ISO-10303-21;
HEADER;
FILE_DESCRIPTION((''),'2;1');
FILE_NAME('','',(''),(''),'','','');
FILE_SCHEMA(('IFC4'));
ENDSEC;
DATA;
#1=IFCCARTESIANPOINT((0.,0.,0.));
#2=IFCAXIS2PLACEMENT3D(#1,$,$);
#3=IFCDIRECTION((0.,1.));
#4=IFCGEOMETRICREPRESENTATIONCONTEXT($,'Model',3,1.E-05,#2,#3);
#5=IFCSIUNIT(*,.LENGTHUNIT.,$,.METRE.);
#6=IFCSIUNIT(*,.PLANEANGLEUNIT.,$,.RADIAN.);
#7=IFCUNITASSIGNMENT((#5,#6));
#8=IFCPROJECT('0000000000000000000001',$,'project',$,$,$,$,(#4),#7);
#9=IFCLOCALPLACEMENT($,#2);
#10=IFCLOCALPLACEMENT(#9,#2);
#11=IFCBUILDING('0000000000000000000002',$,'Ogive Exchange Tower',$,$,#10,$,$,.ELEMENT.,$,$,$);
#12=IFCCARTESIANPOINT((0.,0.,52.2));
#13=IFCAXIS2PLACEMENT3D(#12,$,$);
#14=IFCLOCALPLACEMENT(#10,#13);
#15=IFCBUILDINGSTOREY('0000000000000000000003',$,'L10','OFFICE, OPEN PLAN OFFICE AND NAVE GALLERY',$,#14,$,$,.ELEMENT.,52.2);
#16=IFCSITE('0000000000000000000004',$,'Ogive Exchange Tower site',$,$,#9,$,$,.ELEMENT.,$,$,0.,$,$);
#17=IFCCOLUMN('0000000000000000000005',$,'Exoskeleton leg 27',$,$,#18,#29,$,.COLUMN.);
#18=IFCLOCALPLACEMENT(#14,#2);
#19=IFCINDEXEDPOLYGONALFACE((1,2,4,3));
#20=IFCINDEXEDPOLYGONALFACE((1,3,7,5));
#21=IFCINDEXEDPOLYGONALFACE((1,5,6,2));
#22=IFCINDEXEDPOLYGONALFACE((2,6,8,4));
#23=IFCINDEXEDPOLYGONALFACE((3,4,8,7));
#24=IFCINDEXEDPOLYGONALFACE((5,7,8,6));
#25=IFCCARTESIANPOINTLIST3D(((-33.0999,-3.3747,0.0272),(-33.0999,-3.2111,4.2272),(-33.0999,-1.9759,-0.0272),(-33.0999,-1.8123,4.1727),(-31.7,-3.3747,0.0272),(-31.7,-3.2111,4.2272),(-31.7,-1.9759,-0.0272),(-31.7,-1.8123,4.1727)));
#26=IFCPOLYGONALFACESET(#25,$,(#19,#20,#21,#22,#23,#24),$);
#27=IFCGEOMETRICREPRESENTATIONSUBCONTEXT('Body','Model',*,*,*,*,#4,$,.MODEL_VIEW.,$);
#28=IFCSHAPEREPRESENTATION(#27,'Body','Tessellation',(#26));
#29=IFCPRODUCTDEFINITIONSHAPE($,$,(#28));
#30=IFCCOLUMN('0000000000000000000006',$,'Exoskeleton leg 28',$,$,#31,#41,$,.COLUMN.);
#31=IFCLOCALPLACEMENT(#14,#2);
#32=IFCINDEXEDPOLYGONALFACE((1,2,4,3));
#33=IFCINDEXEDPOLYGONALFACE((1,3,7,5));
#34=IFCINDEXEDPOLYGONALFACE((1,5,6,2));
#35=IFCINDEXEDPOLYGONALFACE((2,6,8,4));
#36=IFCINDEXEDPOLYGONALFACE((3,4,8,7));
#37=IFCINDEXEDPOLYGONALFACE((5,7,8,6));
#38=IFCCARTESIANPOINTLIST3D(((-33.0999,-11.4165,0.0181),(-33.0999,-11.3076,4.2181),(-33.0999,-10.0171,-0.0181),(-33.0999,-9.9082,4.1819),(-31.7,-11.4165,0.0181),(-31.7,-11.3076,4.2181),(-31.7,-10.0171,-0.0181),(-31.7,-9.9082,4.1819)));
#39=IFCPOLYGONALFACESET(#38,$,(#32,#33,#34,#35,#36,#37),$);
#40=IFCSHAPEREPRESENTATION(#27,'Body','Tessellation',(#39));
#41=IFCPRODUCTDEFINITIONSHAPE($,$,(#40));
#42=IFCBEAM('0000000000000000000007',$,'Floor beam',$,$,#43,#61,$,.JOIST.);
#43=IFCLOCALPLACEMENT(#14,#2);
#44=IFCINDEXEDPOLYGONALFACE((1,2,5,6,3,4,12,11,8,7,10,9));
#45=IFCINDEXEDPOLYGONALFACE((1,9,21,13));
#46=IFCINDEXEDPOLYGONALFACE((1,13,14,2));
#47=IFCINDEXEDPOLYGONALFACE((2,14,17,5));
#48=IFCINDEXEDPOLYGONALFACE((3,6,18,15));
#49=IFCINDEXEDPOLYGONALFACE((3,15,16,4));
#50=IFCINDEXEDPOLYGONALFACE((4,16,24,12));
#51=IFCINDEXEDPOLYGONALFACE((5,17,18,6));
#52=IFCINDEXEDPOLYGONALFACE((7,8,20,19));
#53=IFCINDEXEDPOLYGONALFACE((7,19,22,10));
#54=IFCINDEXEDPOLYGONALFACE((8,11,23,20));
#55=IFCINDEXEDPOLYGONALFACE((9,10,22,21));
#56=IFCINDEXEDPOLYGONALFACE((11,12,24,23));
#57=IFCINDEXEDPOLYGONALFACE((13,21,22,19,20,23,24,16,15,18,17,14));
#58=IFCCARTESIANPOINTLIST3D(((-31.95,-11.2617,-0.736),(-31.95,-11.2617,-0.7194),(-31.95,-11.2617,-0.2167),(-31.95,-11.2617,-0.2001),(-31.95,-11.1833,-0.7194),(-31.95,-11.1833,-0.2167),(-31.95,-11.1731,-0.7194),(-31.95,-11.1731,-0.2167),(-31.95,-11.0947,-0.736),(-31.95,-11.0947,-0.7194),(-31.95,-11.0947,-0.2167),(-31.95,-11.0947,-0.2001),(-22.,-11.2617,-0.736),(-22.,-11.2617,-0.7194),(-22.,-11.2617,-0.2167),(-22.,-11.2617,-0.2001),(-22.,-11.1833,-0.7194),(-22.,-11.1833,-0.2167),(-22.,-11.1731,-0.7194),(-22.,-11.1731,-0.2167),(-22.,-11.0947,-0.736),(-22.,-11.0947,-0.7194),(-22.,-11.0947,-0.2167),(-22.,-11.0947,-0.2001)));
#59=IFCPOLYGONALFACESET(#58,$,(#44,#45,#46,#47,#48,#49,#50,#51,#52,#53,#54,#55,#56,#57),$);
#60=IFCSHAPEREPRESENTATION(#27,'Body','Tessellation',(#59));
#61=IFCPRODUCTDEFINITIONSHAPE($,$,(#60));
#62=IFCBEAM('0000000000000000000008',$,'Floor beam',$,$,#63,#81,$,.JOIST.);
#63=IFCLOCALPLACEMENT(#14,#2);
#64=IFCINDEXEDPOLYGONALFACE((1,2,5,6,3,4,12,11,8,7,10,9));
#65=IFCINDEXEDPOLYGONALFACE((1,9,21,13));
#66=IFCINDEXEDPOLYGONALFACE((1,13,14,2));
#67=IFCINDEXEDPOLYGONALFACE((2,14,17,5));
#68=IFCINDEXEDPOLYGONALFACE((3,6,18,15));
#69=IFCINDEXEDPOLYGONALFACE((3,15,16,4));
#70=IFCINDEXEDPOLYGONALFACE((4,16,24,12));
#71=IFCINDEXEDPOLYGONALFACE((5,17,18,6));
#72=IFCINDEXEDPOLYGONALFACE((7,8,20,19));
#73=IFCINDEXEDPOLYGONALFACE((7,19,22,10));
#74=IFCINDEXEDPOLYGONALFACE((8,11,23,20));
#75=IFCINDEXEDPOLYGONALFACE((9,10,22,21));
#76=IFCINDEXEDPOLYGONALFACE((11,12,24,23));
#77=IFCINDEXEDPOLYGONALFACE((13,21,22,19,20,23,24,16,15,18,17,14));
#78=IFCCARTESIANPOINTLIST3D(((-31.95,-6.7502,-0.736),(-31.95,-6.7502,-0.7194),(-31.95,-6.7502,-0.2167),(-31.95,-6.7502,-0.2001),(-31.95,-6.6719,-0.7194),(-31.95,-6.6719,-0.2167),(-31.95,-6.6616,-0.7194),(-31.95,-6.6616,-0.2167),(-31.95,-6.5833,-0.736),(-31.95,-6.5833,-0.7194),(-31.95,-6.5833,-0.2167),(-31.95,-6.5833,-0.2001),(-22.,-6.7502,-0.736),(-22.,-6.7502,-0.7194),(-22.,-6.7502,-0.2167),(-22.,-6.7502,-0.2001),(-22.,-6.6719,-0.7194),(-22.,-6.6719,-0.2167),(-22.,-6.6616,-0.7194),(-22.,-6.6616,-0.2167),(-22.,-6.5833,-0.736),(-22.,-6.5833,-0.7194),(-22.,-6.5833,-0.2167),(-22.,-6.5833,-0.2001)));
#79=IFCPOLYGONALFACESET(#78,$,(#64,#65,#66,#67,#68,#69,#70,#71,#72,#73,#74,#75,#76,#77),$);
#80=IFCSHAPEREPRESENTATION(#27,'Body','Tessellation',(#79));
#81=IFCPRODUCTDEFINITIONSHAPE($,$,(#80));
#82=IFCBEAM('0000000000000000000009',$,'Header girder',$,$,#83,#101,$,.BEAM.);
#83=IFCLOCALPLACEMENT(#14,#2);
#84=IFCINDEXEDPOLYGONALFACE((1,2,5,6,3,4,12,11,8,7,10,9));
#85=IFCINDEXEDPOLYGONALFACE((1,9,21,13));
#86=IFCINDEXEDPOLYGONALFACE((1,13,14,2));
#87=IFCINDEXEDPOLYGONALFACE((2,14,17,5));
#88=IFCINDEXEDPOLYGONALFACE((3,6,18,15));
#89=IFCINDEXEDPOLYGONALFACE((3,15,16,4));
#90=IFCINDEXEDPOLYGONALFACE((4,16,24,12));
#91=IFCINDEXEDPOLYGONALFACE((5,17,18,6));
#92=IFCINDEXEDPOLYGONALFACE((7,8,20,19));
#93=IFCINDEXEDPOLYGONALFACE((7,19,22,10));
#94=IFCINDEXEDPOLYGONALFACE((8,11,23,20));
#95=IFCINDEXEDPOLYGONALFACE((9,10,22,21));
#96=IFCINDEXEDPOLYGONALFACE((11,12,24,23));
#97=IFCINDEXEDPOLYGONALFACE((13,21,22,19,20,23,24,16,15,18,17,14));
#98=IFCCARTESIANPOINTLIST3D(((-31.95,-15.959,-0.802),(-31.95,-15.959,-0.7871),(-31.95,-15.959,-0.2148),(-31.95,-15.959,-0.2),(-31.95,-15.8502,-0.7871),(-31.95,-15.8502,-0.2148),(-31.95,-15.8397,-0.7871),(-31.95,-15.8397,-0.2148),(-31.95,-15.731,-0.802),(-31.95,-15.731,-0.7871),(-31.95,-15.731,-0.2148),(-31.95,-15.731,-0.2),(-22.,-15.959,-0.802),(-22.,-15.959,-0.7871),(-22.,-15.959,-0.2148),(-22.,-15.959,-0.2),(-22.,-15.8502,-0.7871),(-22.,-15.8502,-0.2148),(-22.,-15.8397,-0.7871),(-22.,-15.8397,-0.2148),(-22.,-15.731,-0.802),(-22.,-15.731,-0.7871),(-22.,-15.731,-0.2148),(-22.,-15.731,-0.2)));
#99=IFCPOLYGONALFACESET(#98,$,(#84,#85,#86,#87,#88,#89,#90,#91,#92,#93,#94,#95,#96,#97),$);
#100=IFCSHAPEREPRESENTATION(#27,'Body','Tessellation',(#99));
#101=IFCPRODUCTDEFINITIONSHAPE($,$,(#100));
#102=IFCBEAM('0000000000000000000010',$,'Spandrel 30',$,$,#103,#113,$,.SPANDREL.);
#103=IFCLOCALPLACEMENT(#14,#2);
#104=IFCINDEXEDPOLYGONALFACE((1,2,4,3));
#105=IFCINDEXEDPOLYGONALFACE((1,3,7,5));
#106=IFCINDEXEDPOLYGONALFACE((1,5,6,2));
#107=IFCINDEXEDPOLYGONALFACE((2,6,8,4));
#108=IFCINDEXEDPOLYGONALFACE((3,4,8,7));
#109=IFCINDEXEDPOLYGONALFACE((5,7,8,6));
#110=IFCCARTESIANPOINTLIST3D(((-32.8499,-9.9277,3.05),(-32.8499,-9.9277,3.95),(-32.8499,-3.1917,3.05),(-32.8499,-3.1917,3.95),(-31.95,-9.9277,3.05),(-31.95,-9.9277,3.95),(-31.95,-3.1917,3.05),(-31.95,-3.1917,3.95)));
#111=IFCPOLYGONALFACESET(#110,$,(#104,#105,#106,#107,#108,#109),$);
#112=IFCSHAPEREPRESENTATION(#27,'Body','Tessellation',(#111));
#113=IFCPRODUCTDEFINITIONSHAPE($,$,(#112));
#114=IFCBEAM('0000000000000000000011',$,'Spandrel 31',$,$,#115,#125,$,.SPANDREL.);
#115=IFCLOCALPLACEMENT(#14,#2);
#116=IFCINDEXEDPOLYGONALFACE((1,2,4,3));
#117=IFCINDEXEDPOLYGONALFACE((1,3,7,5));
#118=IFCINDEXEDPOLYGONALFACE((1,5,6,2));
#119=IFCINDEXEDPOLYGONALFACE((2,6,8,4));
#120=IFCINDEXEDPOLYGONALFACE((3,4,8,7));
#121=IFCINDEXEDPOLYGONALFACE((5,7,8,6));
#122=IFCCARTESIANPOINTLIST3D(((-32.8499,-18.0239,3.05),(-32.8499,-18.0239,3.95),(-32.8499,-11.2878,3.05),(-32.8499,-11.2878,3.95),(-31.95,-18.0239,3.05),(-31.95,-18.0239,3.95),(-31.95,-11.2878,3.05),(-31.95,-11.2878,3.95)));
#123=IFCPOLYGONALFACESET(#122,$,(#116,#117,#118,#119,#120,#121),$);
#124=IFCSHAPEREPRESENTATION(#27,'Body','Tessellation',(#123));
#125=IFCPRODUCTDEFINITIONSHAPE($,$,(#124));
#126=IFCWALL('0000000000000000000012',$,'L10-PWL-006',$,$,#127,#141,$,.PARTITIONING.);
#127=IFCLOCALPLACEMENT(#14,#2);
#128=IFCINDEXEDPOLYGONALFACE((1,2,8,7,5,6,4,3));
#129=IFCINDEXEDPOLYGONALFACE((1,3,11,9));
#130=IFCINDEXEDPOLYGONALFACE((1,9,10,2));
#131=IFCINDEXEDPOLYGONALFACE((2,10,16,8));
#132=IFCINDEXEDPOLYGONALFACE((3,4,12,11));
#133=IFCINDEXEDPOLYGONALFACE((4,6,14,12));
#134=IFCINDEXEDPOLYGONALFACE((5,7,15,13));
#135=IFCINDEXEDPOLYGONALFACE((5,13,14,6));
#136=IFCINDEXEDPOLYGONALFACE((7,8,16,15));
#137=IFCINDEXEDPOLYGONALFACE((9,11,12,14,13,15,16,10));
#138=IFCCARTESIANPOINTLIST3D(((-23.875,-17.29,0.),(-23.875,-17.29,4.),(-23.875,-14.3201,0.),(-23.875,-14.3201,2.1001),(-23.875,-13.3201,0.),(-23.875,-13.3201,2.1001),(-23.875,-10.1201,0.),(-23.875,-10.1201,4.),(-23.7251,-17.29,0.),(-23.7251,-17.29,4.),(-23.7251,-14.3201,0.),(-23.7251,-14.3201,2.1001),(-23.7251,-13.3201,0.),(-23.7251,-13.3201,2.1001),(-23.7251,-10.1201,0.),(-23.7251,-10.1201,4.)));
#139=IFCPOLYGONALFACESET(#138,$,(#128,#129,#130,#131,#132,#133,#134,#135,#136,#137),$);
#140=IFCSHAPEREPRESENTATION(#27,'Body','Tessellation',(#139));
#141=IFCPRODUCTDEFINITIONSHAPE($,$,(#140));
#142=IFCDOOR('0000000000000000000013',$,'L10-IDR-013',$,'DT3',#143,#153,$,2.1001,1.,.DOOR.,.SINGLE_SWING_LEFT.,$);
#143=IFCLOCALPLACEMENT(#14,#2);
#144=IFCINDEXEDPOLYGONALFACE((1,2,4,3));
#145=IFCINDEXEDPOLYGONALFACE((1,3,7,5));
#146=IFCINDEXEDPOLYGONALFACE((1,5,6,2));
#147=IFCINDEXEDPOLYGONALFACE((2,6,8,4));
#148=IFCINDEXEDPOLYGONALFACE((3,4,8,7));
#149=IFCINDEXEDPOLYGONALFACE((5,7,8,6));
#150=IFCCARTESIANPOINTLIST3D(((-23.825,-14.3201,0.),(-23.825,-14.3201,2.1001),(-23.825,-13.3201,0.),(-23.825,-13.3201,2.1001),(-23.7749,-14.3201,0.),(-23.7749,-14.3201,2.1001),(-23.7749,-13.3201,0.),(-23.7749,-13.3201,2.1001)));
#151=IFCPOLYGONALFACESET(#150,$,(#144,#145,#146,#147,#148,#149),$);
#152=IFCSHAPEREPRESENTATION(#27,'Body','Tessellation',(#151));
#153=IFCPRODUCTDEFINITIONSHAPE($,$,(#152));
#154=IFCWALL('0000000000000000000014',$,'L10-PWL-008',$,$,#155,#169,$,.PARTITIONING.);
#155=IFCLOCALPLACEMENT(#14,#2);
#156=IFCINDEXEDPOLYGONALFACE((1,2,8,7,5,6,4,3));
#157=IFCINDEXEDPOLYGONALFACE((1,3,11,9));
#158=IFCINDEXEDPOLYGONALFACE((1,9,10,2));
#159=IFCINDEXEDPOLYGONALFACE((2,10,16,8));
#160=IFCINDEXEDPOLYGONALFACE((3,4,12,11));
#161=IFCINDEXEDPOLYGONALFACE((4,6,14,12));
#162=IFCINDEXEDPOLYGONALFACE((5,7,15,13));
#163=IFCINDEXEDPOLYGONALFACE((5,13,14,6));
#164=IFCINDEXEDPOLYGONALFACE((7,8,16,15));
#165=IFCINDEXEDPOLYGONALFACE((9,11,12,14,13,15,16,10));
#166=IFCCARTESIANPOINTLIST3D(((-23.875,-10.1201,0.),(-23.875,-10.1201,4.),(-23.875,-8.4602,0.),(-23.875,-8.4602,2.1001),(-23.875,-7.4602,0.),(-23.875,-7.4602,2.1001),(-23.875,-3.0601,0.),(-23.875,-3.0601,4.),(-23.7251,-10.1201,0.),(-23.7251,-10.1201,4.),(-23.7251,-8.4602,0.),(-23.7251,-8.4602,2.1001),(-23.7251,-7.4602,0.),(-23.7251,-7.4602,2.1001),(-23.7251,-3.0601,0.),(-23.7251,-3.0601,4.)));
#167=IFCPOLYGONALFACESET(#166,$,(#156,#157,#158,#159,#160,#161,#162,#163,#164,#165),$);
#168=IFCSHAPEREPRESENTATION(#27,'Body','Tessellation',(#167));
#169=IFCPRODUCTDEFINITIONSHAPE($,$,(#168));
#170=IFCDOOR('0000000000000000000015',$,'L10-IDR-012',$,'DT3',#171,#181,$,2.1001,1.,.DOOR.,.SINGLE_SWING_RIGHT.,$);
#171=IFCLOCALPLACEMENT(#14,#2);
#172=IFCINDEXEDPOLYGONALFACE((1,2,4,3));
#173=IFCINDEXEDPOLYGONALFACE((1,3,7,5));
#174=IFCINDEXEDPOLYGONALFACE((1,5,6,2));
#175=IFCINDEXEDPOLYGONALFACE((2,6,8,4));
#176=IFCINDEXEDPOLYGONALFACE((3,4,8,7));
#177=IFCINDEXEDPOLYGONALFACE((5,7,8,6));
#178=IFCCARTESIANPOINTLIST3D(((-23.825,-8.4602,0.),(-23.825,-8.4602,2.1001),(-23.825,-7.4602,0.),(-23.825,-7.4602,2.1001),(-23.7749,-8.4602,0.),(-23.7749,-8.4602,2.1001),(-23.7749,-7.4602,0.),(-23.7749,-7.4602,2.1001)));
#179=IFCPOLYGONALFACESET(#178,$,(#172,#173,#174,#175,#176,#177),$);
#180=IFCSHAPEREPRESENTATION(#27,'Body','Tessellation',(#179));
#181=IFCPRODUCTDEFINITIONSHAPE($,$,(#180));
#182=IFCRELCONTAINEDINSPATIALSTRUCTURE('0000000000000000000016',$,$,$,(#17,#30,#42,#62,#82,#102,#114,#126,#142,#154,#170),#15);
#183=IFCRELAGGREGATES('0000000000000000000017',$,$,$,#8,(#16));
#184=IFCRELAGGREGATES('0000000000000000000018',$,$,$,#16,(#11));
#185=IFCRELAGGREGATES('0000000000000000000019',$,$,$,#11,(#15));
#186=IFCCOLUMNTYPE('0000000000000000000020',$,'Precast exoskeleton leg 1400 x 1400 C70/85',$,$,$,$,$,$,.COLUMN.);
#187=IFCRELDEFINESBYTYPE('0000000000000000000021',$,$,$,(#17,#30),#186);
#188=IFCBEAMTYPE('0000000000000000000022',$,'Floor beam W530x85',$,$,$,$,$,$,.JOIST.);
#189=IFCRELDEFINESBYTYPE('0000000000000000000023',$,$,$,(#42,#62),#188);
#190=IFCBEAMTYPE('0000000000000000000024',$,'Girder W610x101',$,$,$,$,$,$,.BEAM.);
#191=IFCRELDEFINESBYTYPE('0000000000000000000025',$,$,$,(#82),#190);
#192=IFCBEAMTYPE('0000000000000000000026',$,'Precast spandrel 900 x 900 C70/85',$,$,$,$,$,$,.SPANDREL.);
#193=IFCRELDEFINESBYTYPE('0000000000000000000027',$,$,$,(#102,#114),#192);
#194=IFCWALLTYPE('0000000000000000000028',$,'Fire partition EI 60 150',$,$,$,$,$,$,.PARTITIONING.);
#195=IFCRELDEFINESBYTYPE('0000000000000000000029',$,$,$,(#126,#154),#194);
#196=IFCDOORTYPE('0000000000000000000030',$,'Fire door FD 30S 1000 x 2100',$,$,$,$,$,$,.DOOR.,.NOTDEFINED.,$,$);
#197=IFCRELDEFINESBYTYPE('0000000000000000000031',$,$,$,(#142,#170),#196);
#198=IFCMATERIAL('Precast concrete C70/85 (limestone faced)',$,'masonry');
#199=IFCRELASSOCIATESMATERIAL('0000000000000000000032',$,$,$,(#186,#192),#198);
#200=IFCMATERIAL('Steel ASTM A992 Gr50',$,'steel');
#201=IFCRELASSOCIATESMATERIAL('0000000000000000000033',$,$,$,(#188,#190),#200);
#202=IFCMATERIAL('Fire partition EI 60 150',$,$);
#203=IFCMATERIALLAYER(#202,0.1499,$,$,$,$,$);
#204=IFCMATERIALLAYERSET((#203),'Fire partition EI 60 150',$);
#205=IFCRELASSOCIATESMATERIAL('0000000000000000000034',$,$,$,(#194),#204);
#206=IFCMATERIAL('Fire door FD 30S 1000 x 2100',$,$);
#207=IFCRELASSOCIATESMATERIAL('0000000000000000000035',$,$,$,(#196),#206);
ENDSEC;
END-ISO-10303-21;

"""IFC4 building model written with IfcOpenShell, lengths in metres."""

from ifc_helpers import new_model, si_unit, direction, frame, frame_2d, origin, origin_2d, place, context, subcontext, project, spatial, rectangle, i_section, extrude, material, layer, layer_set, material_profile, profile_set, type_object, element, fill, save


model = new_model("IFC4")

# Units and contexts
model_context = context("Model", 3, precision=1e-05, world=origin(), true_north=direction((0.0, 1.0)))
body_context = subcontext(model_context, "Body", "Model", "MODEL_VIEW")
ifc_project = project(units=[si_unit("LENGTHUNIT", "METRE"), si_unit("PLANEANGLEUNIT", "RADIAN")], contexts=[model_context])

# Site, building, storey
site_placement = place(None, origin())
site = spatial("IfcSite", under=ifc_project, at=site_placement, Name="Ogive Exchange Tower site", CompositionType="ELEMENT", RefElevation=0.0)
building_placement = place(site_placement, origin())
building = spatial("IfcBuilding", under=site, at=building_placement, Name="Ogive Exchange Tower", CompositionType="ELEMENT")
storey_placement = place(building_placement, frame((0.0, 0.0, 52.2)))
storey = spatial("IfcBuildingStorey", under=building, at=storey_placement, Name="L10", Description="OFFICE, OPEN PLAN OFFICE AND NAVE GALLERY", CompositionType="ELEMENT", Elevation=52.2)

# Columns
ifc_material_1 = material(Name="Precast concrete C70/85 (limestone faced)", Category="masonry")
ifc_material_profile_1 = material_profile(ifc_material_1, rectangle(XDim=1.3999, YDim=1.3999, at=origin_2d()), Name="1400 x 1400")
ifc_profile_set_1 = profile_set([ifc_material_profile_1], Name="Precast concrete C70/85 (limestone faced)")
column_type = type_object("IfcColumnType", Name="Precast exoskeleton leg 1400 x 1400 C70/85", PredefinedType="COLUMN", material=ifc_profile_set_1)
column_1_placement = place(storey_placement, frame((-32.3999, -2.6753, 0.0), z_axis=(0.0, 0.038917, 0.999242), x_axis=(-1.0, 0.0, 0.0)))
element("IfcColumn", 1, at=column_1_placement, inside=storey, type_object=column_type, Name="Exoskeleton leg 27", PredefinedType="COLUMN", context=body_context, shape_type="SweptSolid", body=[
    extrude(rectangle(XDim=1.3999, YDim=1.3999, at=origin_2d()), origin(), (0.0, 0.0, 1.0), 4.2031),
])
column_2_placement = place(storey_placement, frame((-32.3999, -10.7168, 0.0), z_axis=(0.0, 0.025917, 0.999664), x_axis=(-1.0, 0.0, 0.0)))
element("IfcColumn", 2, at=column_2_placement, inside=storey, type_object=column_type, Name="Exoskeleton leg 28", PredefinedType="COLUMN", context=body_context, shape_type="SweptSolid", body=[
    extrude(rectangle(XDim=1.3999, YDim=1.3999, at=origin_2d()), origin(), (0.0, 0.0, 1.0), 4.2014),
])

# Beams
ifc_material_2 = material(Name="Steel ASTM A992 Gr50", Category="steel")
ifc_material_profile_2 = material_profile(ifc_material_2, i_section(OverallWidth=0.167, OverallDepth=0.5359, WebThickness=0.0103, FlangeThickness=0.0166, at=origin_2d()), Name="W530x85")
ifc_profile_set_2 = profile_set([ifc_material_profile_2], Name="Steel ASTM A992 Gr50")
beam_type_1 = type_object("IfcBeamType", Name="Floor beam W530x85", PredefinedType="JOIST", material=ifc_profile_set_2)
for number, where, z_axis, x_axis, name in (
    (3, (-31.95, -11.1782, -0.468), (1.0, 0.0, 0.0), (0.0, 1.0, 0.0), "Floor beam"),
    (4, (-31.95, -6.6667, -0.468), (1.0, 0.0, 0.0), (0.0, 1.0, 0.0), "Floor beam"),
):
    element("IfcBeam", number, at=place(storey_placement, frame(where, z_axis=z_axis, x_axis=x_axis)), inside=storey, type_object=beam_type_1, Name=name, PredefinedType="JOIST", context=body_context, shape_type="SweptSolid", body=[
        extrude(i_section(OverallWidth=0.167, OverallDepth=0.5359, WebThickness=0.0103, FlangeThickness=0.0166, at=origin_2d()), origin(), (0.0, 0.0, 1.0), 9.95),
    ])
ifc_material_profile_3 = material_profile(ifc_material_2, i_section(OverallWidth=0.228, OverallDepth=0.6021, WebThickness=0.0105, FlangeThickness=0.0149, at=origin_2d()), Name="W610x101")
ifc_profile_set_3 = profile_set([ifc_material_profile_3], Name="Steel ASTM A992 Gr50")
beam_type_2 = type_object("IfcBeamType", Name="Girder W610x101", PredefinedType="BEAM", material=ifc_profile_set_3)
beam_placement = place(storey_placement, frame((-31.95, -15.845, -0.501), z_axis=(1.0, 0.0, 0.0), x_axis=(0.0, 1.0, 0.0)))
element("IfcBeam", 5, at=beam_placement, inside=storey, type_object=beam_type_2, Name="Header girder", PredefinedType="BEAM", context=body_context, shape_type="SweptSolid", body=[
    extrude(i_section(OverallWidth=0.228, OverallDepth=0.6021, WebThickness=0.0105, FlangeThickness=0.0149, at=origin_2d()), origin(), (0.0, 0.0, 1.0), 9.95),
])
ifc_material_profile_4 = material_profile(ifc_material_1, rectangle(XDim=0.8999, YDim=0.8999, at=origin_2d()), Name="900 x 900")
ifc_profile_set_4 = profile_set([ifc_material_profile_4], Name="Precast concrete C70/85 (limestone faced)")
beam_type_3 = type_object("IfcBeamType", Name="Precast spandrel 900 x 900 C70/85", PredefinedType="SPANDREL", material=ifc_profile_set_4)
for number, where, z_axis, x_axis, name in (
    (6, (-32.3999, -3.1917, 3.5), (0.0, -1.0, 0.0), (1.0, 0.0, 0.0), "Spandrel 30"),
    (7, (-32.3999, -11.2878, 3.5), (0.0, -1.0, 0.0), (1.0, 0.0, 0.0), "Spandrel 31"),
):
    element("IfcBeam", number, at=place(storey_placement, frame(where, z_axis=z_axis, x_axis=x_axis)), inside=storey, type_object=beam_type_3, Name=name, PredefinedType="SPANDREL", context=body_context, shape_type="SweptSolid", body=[
        extrude(rectangle(XDim=0.8999, YDim=0.8999, at=origin_2d()), origin(), (0.0, 0.0, 1.0), 6.7361),
    ])

# Walls, openings, doors
ifc_material_3 = material(Name="Fire partition EI 60 150")
ifc_layer_1 = layer(ifc_material_3, 0.1499)
ifc_layer_set_1 = layer_set([ifc_layer_1], Name="Fire partition EI 60 150")
wall_type_1 = type_object("IfcWallType", Name="Fire partition EI 60 150", PredefinedType="PARTITIONING", material=ifc_layer_set_1)
wall_1_placement = place(storey_placement, frame((-23.8, -17.29, 0.0), z_axis=(0.0, 0.0, 1.0), x_axis=(0.0, 1.0, 0.0)))
wall_1 = element("IfcWall", 8, at=wall_1_placement, inside=storey, type_object=wall_type_1, Name="L10-PWL-006", PredefinedType="PARTITIONING", context=body_context, shape_type="SweptSolid", body=[
    extrude(rectangle(XDim=7.1699, YDim=0.1499, at=frame_2d((3.585, 0.0))), origin(), (0.0, 0.0, 1.0), 4.0),
])
opening_1_placement = place(wall_1_placement, frame((2.97, 0.0, 0.0)))
opening_1 = element("IfcOpeningElement", 9, at=opening_1_placement, cuts=wall_1, PredefinedType="OPENING", context=body_context, shape_type="SweptSolid", body=[
    extrude(rectangle(XDim=1.0, YDim=2.1001, at=frame_2d((0.5, 1.05))), frame((0.0, 0.085, 0.0), z_axis=(0.0, -1.0, 0.0), x_axis=(1.0, 0.0, 0.0)), (0.0, 0.0, 1.0), 0.1699),
])
ifc_material_4 = material(Name="Fire door FD 30S 1000 x 2100")
door_type_1 = type_object("IfcDoorType", Name="Fire door FD 30S 1000 x 2100", OperationType="NOTDEFINED", PredefinedType="DOOR", material=ifc_material_4)
door_1_placement = place(opening_1_placement, origin())
door_1 = element("IfcDoor", 10, at=door_1_placement, inside=storey, type_object=door_type_1, Name="L10-IDR-013", ObjectType="DT3", OperationType="SINGLE_SWING_LEFT", OverallHeight=2.1001, OverallWidth=1.0, PredefinedType="DOOR", context=body_context, shape_type="SweptSolid", body=[
    extrude(rectangle(XDim=1.0, YDim=2.1001, at=frame_2d((0.5, 1.05))), frame((0.0, 0.0249, 0.0), z_axis=(0.0, -1.0, 0.0), x_axis=(1.0, 0.0, 0.0)), (0.0, 0.0, 1.0), 0.05),
])
fill(opening_1, door_1)
wall_2_placement = place(storey_placement, frame((-23.8, -10.1201, 0.0), z_axis=(0.0, 0.0, 1.0), x_axis=(0.0, 1.0, 0.0)))
wall_2 = element("IfcWall", 11, at=wall_2_placement, inside=storey, type_object=wall_type_1, Name="L10-PWL-008", PredefinedType="PARTITIONING", context=body_context, shape_type="SweptSolid", body=[
    extrude(rectangle(XDim=7.0601, YDim=0.1499, at=frame_2d((3.53, 0.0))), origin(), (0.0, 0.0, 1.0), 4.0),
])
opening_2_placement = place(wall_2_placement, frame((1.6599, 0.0, 0.0)))
opening_2 = element("IfcOpeningElement", 12, at=opening_2_placement, cuts=wall_2, PredefinedType="OPENING", context=body_context, shape_type="SweptSolid", body=[
    extrude(rectangle(XDim=1.0, YDim=2.1001, at=frame_2d((0.5, 1.05))), frame((0.0, 0.085, 0.0), z_axis=(0.0, -1.0, 0.0), x_axis=(1.0, 0.0, 0.0)), (0.0, 0.0, 1.0), 0.1699),
])
door_2_placement = place(opening_2_placement, origin())
door_2 = element("IfcDoor", 13, at=door_2_placement, inside=storey, type_object=door_type_1, Name="L10-IDR-012", ObjectType="DT3", OperationType="SINGLE_SWING_RIGHT", OverallHeight=2.1001, OverallWidth=1.0, PredefinedType="DOOR", context=body_context, shape_type="SweptSolid", body=[
    extrude(rectangle(XDim=1.0, YDim=2.1001, at=frame_2d((0.5, 1.05))), frame((0.0, 0.0249, 0.0), z_axis=(0.0, -1.0, 0.0), x_axis=(1.0, 0.0, 0.0)), (0.0, 0.0, 1.0), 0.05),
])
fill(opening_2, door_2)

save(model, "model.ifc")
